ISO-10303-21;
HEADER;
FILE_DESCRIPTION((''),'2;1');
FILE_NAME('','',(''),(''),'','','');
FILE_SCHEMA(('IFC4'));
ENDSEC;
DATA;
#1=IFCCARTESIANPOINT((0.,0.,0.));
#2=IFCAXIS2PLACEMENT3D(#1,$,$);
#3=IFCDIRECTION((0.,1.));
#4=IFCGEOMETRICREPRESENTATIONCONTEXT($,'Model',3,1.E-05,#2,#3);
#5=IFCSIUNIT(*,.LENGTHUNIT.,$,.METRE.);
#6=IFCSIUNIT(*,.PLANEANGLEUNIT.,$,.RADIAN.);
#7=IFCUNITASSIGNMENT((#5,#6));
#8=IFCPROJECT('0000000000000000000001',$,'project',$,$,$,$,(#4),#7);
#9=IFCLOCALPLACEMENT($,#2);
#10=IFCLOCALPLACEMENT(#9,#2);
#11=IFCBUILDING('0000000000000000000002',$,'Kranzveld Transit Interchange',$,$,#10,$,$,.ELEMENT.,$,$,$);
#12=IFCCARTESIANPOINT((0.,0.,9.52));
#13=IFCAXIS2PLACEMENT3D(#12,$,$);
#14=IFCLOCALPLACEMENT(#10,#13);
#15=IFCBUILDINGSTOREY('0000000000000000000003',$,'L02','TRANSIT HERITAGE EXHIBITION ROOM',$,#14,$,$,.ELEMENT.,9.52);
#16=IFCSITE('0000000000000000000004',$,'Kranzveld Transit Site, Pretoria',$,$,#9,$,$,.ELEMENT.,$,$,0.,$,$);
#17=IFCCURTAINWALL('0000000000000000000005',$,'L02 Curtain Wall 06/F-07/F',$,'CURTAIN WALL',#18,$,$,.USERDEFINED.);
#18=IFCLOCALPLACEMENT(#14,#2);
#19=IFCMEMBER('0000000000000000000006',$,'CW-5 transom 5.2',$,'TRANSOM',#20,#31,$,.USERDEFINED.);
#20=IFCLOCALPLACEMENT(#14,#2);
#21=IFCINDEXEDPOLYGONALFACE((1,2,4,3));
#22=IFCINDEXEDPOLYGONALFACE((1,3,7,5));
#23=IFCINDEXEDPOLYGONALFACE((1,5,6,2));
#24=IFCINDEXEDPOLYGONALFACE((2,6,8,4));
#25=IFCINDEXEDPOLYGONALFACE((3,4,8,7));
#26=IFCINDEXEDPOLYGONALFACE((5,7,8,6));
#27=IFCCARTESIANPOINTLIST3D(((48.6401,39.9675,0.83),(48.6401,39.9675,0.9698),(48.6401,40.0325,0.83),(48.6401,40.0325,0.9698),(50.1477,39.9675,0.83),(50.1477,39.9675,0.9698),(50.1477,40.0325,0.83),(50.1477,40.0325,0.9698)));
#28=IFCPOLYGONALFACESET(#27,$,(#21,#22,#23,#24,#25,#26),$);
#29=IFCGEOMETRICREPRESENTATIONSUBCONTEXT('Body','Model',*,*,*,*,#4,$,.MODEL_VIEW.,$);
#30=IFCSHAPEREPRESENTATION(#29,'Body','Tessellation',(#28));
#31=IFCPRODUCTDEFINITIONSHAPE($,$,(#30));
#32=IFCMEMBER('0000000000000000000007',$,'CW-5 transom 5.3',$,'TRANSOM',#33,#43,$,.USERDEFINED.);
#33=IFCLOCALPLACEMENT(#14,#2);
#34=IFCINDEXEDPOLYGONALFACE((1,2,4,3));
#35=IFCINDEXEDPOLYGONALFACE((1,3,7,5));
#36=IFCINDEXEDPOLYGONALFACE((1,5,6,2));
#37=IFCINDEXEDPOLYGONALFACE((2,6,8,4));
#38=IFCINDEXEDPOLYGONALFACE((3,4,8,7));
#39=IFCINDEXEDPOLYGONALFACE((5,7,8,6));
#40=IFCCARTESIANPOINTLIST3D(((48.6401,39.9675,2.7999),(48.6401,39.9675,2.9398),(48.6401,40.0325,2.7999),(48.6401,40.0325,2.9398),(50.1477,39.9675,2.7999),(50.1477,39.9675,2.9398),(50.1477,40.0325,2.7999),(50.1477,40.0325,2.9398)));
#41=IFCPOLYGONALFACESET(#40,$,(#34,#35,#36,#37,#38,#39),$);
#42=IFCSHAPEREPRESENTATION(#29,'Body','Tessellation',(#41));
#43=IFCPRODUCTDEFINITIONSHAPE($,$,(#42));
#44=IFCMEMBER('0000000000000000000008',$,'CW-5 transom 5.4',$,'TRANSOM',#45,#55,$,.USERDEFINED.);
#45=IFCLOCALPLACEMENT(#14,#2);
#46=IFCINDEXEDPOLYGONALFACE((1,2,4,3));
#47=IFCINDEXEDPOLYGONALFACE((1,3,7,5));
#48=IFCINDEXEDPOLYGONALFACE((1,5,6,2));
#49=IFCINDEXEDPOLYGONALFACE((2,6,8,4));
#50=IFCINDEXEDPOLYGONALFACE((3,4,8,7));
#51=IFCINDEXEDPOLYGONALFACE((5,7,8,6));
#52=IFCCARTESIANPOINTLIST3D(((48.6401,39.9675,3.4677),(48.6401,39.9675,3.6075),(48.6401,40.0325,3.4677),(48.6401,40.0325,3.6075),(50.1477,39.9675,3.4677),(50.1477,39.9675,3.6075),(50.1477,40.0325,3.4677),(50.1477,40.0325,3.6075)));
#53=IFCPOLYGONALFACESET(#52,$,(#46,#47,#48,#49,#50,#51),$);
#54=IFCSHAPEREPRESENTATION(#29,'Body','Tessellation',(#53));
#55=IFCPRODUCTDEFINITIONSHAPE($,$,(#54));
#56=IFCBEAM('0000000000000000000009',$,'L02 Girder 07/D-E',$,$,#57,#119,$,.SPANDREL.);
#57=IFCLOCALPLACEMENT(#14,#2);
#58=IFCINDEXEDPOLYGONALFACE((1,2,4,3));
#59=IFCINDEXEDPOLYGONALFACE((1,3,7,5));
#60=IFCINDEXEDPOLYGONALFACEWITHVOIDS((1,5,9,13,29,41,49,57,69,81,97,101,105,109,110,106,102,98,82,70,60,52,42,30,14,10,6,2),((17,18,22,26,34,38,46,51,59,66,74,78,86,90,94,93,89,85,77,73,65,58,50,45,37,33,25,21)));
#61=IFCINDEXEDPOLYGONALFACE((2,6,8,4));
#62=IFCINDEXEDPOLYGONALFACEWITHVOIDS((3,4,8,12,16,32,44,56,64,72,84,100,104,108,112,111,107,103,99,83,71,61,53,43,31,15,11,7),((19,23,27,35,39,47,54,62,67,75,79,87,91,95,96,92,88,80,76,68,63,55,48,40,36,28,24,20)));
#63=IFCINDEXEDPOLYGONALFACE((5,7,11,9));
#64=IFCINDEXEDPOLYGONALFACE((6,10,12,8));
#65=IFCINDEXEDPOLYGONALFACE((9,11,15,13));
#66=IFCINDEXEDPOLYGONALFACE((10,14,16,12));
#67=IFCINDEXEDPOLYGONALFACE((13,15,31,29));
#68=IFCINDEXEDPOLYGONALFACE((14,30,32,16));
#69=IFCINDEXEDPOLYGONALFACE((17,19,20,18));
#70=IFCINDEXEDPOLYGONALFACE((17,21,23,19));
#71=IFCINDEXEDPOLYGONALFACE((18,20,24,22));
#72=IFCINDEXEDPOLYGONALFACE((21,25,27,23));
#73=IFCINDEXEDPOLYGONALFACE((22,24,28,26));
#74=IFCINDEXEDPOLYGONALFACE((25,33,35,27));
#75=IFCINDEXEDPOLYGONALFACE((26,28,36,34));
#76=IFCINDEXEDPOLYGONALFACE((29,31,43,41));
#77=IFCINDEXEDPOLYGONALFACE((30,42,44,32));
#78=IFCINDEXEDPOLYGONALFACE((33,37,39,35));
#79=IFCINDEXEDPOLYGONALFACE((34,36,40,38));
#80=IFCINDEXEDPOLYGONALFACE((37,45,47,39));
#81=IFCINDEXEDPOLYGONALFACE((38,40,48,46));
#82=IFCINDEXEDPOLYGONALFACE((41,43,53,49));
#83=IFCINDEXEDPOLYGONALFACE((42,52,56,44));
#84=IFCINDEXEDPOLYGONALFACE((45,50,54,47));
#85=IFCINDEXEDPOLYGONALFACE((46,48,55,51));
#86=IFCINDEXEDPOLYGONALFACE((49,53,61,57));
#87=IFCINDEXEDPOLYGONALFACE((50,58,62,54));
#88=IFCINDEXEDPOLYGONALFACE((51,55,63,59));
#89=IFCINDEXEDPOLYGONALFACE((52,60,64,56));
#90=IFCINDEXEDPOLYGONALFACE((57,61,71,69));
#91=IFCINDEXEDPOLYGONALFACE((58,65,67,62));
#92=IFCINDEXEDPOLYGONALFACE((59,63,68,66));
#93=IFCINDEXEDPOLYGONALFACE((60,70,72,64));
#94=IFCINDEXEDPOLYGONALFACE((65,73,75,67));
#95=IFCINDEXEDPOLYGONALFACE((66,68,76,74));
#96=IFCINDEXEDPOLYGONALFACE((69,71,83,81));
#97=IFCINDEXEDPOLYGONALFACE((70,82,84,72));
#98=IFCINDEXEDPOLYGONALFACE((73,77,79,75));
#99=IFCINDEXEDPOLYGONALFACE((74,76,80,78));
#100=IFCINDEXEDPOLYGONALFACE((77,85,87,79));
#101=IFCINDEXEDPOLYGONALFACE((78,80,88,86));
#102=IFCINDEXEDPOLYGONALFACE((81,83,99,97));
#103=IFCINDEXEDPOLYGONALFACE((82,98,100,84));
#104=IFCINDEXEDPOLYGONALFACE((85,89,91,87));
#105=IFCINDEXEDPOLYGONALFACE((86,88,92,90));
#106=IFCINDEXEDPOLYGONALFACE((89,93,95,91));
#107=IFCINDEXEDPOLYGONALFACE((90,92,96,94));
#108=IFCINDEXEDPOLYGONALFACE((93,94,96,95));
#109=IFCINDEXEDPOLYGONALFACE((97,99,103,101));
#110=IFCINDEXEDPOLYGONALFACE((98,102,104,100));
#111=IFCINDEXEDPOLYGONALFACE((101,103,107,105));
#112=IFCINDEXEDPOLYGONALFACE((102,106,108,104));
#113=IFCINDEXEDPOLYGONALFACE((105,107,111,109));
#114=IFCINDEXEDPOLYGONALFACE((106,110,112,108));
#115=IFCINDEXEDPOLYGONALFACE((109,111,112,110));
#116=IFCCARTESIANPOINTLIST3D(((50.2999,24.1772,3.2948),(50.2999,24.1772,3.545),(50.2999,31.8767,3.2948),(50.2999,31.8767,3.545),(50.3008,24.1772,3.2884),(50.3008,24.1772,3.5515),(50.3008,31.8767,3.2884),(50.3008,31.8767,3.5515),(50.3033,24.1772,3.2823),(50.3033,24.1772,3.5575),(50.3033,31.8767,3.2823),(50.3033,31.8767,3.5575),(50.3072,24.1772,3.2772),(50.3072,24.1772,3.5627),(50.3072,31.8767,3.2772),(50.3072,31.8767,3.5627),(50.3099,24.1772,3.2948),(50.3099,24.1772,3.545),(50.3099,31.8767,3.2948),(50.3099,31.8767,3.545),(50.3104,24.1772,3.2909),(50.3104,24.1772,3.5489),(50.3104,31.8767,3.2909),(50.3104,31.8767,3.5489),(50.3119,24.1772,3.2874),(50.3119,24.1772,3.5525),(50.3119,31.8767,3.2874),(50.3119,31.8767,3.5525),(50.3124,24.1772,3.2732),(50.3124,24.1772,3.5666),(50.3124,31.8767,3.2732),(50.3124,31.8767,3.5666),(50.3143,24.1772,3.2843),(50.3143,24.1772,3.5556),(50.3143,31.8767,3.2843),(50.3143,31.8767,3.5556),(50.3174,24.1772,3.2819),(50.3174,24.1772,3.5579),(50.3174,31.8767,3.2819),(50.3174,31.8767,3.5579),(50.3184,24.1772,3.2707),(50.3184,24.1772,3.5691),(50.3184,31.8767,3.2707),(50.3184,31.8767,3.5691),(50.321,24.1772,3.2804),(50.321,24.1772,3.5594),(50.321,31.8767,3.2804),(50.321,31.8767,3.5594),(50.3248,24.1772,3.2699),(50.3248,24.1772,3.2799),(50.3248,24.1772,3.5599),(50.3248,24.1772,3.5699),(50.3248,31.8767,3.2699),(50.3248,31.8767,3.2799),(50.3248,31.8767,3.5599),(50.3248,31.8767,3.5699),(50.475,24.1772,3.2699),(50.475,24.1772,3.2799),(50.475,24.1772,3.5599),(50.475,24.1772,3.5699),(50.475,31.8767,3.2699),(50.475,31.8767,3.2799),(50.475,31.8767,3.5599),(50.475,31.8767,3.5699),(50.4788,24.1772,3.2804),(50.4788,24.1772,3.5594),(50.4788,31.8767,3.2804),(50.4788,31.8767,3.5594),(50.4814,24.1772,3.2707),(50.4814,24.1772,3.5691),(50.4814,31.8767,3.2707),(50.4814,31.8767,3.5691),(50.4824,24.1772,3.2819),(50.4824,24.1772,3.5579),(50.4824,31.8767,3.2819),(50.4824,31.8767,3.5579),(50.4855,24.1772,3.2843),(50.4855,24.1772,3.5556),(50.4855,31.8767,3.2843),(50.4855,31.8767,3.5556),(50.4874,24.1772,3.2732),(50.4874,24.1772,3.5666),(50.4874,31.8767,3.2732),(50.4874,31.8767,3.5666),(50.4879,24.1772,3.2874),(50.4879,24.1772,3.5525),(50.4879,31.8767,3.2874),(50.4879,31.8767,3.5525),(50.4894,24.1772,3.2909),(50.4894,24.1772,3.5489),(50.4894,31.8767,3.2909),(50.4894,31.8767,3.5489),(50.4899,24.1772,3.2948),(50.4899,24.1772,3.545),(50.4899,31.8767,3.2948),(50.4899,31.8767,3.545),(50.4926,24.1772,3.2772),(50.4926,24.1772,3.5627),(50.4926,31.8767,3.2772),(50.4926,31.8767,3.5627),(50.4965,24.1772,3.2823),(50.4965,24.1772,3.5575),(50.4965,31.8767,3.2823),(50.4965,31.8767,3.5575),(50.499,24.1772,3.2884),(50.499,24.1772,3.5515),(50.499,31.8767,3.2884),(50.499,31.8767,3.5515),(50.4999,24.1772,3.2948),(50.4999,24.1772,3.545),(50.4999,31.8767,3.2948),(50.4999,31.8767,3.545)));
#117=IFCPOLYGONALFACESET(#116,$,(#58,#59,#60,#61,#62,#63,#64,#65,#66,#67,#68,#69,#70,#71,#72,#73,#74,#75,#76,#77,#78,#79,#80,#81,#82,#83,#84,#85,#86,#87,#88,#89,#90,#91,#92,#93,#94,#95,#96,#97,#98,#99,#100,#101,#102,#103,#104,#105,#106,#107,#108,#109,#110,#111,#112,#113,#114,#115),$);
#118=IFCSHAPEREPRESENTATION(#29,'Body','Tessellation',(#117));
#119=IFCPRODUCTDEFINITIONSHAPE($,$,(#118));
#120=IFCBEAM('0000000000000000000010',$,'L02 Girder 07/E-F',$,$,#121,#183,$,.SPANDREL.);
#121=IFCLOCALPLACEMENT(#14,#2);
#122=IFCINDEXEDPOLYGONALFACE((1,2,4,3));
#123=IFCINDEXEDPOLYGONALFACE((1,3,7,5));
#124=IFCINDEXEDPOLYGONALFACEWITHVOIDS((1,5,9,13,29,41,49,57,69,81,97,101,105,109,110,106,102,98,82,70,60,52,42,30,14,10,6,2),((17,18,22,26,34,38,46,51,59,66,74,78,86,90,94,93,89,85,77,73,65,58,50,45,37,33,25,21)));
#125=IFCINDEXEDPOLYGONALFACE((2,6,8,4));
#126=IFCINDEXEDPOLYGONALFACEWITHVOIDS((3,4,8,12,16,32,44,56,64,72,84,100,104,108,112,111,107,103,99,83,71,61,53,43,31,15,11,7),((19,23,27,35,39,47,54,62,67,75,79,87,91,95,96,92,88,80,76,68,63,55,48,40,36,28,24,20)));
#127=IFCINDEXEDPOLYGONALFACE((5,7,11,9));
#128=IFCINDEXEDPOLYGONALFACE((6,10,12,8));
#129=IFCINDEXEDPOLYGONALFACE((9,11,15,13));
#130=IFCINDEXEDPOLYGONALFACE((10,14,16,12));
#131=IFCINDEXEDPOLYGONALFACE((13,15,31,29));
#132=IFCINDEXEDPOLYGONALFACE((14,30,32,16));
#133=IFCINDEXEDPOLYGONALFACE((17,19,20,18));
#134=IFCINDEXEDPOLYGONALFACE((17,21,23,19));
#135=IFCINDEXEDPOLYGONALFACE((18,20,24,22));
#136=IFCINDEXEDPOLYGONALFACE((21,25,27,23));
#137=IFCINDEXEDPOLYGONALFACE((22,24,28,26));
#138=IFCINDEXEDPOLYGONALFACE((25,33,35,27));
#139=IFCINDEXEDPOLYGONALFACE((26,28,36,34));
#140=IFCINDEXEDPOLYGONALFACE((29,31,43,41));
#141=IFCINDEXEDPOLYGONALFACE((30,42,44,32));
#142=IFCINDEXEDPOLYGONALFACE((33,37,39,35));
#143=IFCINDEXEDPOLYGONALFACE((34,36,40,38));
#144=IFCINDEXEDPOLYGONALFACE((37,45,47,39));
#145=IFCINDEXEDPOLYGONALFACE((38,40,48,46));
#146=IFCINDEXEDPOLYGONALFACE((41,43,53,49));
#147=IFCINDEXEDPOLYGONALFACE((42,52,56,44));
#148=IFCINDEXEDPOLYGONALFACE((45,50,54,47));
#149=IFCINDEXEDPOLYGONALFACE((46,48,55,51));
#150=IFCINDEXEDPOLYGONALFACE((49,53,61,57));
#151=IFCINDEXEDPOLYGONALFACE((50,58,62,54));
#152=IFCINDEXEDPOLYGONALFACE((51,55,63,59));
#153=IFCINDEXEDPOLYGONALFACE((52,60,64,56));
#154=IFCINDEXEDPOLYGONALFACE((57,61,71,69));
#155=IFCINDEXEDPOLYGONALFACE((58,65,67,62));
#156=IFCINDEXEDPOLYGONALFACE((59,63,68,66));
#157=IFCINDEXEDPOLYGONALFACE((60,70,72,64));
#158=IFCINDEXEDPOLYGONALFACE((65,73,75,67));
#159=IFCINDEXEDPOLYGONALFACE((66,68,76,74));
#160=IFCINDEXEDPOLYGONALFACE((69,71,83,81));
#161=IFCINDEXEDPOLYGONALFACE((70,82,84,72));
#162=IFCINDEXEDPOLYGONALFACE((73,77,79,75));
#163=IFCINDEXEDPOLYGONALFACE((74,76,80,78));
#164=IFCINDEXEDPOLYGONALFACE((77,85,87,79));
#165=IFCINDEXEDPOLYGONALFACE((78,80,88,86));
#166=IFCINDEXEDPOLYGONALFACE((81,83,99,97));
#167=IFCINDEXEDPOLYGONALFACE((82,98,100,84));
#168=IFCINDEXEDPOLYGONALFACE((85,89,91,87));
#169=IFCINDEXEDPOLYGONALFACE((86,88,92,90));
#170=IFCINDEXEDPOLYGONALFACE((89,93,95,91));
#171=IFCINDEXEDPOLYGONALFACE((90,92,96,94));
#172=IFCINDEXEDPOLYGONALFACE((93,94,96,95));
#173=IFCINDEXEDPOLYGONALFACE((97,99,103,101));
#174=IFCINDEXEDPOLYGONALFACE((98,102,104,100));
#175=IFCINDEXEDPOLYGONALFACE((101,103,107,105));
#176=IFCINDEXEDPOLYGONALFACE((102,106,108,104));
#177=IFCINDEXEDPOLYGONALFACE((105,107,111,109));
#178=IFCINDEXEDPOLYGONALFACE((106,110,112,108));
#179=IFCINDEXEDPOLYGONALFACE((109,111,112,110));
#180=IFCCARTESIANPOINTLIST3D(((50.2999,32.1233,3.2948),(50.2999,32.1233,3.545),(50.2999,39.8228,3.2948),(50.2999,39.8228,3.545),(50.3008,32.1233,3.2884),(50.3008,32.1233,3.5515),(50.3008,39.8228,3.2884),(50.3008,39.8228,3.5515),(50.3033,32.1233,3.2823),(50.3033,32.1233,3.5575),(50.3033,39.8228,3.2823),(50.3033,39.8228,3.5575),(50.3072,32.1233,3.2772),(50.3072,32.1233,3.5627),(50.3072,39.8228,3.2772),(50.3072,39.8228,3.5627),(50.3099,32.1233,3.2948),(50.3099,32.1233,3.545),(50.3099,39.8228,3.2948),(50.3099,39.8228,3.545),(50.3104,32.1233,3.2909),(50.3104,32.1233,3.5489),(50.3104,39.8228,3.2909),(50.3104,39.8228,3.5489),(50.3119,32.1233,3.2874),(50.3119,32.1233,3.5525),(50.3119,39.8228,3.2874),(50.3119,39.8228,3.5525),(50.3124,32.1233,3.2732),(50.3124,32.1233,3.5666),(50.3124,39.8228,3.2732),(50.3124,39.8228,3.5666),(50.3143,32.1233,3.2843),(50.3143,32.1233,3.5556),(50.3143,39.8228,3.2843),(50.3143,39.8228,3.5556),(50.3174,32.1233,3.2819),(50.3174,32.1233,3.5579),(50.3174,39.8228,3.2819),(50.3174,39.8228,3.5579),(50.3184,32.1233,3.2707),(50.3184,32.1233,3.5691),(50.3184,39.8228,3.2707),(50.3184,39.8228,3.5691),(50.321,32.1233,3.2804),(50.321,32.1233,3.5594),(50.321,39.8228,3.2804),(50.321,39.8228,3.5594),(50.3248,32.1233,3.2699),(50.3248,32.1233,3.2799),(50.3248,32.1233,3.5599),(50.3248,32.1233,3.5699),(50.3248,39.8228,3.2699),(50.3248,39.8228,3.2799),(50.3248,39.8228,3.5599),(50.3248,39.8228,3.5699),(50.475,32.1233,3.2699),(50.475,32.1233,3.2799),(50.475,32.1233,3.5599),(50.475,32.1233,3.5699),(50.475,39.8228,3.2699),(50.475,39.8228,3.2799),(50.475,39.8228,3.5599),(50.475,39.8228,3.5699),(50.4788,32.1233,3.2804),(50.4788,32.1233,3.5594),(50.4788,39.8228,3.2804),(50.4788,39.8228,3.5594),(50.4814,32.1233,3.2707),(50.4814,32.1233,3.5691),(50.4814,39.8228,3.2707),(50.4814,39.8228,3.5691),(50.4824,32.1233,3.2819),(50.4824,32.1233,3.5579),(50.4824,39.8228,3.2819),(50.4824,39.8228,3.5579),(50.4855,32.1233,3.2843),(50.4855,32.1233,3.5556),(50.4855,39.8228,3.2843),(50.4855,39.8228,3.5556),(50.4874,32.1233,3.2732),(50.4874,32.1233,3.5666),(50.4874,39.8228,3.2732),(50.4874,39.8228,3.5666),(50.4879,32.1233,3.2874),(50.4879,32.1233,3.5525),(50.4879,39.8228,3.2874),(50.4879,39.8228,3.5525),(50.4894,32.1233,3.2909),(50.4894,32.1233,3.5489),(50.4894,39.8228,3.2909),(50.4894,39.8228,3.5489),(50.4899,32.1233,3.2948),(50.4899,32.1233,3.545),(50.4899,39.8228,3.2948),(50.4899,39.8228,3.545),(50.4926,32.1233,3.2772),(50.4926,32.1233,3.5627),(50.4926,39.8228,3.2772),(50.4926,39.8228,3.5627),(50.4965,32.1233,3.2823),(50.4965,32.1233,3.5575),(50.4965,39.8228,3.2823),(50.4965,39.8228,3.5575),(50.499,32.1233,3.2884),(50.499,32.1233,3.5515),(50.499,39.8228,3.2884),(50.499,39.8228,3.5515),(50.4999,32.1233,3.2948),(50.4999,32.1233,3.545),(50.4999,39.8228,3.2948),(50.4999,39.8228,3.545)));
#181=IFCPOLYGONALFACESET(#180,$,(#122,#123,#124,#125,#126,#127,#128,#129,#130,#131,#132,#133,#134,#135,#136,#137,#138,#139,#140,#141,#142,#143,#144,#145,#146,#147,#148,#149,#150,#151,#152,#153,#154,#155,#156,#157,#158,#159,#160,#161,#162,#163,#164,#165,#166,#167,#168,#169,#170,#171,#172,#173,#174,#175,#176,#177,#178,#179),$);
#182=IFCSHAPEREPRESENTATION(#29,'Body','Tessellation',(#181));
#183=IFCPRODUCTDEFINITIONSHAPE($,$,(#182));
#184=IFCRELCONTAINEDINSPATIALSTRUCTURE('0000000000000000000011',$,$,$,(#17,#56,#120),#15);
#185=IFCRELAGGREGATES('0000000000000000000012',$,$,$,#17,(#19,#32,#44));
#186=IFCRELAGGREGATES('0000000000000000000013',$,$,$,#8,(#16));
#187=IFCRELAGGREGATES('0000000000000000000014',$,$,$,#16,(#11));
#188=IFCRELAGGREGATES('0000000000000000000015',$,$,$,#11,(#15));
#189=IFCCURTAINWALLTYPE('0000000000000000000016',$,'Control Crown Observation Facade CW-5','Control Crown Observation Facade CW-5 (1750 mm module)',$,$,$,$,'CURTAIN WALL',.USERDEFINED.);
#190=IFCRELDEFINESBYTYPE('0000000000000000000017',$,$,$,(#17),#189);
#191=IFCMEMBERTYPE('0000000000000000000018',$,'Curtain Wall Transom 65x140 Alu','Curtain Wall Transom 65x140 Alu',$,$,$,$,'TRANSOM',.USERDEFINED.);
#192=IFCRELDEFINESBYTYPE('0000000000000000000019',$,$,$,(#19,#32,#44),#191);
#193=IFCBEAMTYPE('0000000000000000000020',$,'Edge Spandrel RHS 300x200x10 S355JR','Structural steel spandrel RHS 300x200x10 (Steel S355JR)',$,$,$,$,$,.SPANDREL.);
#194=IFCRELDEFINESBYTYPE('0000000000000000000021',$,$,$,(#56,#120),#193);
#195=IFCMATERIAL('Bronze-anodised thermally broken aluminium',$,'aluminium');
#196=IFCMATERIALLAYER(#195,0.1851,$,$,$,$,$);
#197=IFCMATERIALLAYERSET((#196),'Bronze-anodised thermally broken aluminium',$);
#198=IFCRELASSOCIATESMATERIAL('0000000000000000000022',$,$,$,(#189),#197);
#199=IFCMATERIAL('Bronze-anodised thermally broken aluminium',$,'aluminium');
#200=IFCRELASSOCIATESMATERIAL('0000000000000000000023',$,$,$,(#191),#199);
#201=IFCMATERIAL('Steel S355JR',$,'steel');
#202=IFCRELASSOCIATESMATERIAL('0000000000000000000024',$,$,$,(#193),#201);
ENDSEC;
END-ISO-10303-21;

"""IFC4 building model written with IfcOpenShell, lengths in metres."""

from ifc_helpers import new_model, si_unit, direction, frame, origin, origin_2d, place, context, subcontext, project, spatial, rectangle, hollow_rectangle, extrude, material, layer, layer_set, material_profile, profile_set, type_object, element, aggregate, save


model = new_model("IFC4")

# Units and contexts
model_context = context("Model", 3, precision=1e-05, world=origin(), true_north=direction((0.0, 1.0)))
body_context = subcontext(model_context, "Body", "Model", "MODEL_VIEW")
ifc_project = project(units=[si_unit("LENGTHUNIT", "METRE"), si_unit("PLANEANGLEUNIT", "RADIAN")], contexts=[model_context])

# Site, building, storey
site_placement = place(None, origin())
site = spatial("IfcSite", under=ifc_project, at=site_placement, Name="Kranzveld Transit Site, Pretoria", CompositionType="ELEMENT", RefElevation=0.0)
building_placement = place(site_placement, origin())
building = spatial("IfcBuilding", under=site, at=building_placement, Name="Kranzveld Transit Interchange", CompositionType="ELEMENT")
storey_placement = place(building_placement, frame((0.0, 0.0, 9.52)))
storey = spatial("IfcBuildingStorey", under=building, at=storey_placement, Name="L02", Description="TRANSIT HERITAGE EXHIBITION ROOM", CompositionType="ELEMENT", Elevation=9.52)

# Curtain wall, members
ifc_material_1 = material(Name="Bronze-anodised thermally broken aluminium", Category="aluminium")
ifc_layer_1 = layer(ifc_material_1, 0.1851)
ifc_layer_set_1 = layer_set([ifc_layer_1], Name="Bronze-anodised thermally broken aluminium")
curtain_wall_type = type_object("IfcCurtainWallType", Name="Control Crown Observation Facade CW-5", Description="Control Crown Observation Facade CW-5 (1750 mm module)", ElementType="CURTAIN WALL", PredefinedType="USERDEFINED", material=ifc_layer_set_1)
curtain_wall_placement = place(storey_placement, origin())
curtain_wall = element("IfcCurtainWall", 1, at=curtain_wall_placement, inside=storey, type_object=curtain_wall_type, Name="L02 Curtain Wall 06/F-07/F", ObjectType="CURTAIN WALL", PredefinedType="USERDEFINED")
ifc_material_2 = material(Name="Bronze-anodised thermally broken aluminium", Category="aluminium")
ifc_material_profile_1 = material_profile(ifc_material_2, rectangle(XDim=0.0649, YDim=0.1399, at=origin_2d()), Name="ALU TRANSOM 65x140")
ifc_profile_set_1 = profile_set([ifc_material_profile_1], Name="Bronze-anodised thermally broken aluminium")
member_type_1 = type_object("IfcMemberType", Name="Curtain Wall Transom 65x140 Alu", Description="Curtain Wall Transom 65x140 Alu", ElementType="TRANSOM", PredefinedType="USERDEFINED", material=ifc_profile_set_1)
member_1_placement = place(storey_placement, frame((48.6401, 40.0, 0.8999), z_axis=(1.0, 0.0, 0.0), x_axis=(0.0, 1.0, 0.0)))
member_1 = element("IfcMember", 2, at=member_1_placement, type_object=member_type_1, Name="CW-5 transom 5.2", ObjectType="TRANSOM", PredefinedType="USERDEFINED", context=body_context, shape_type="SweptSolid", body=[
    extrude(rectangle(XDim=0.0649, YDim=0.1399, at=origin_2d()), origin(), (0.0, 0.0, 1.0), 1.5076),
])
member_2_placement = place(storey_placement, frame((48.6401, 40.0, 2.8699), z_axis=(1.0, 0.0, 0.0), x_axis=(0.0, 1.0, 0.0)))
member_2 = element("IfcMember", 3, at=member_2_placement, type_object=member_type_1, Name="CW-5 transom 5.3", ObjectType="TRANSOM", PredefinedType="USERDEFINED", context=body_context, shape_type="SweptSolid", body=[
    extrude(rectangle(XDim=0.0649, YDim=0.1399, at=origin_2d()), origin(), (0.0, 0.0, 1.0), 1.5076),
])
member_3_placement = place(storey_placement, frame((48.6401, 40.0, 3.5376), z_axis=(1.0, 0.0, 0.0), x_axis=(0.0, 1.0, 0.0)))
member_3 = element("IfcMember", 4, at=member_3_placement, type_object=member_type_1, Name="CW-5 transom 5.4", ObjectType="TRANSOM", PredefinedType="USERDEFINED", context=body_context, shape_type="SweptSolid", body=[
    extrude(rectangle(XDim=0.0649, YDim=0.1399, at=origin_2d()), origin(), (0.0, 0.0, 1.0), 1.5076),
])

# Beams
ifc_material_3 = material(Name="Steel S355JR", Category="steel")
ifc_material_profile_2 = material_profile(ifc_material_3, hollow_rectangle(XDim=0.2, YDim=0.3, WallThickness=0.01, InnerFilletRadius=0.0149, OuterFilletRadius=0.0249, at=origin_2d()), Name="RHS 300x200x10")
ifc_profile_set_2 = profile_set([ifc_material_profile_2], Name="Steel S355JR")
beam_type = type_object("IfcBeamType", Name="Edge Spandrel RHS 300x200x10 S355JR", Description="Structural steel spandrel RHS 300x200x10 (Steel S355JR)", PredefinedType="SPANDREL", material=ifc_profile_set_2)
for number, where, z_axis, x_axis, name in (
    (5, (50.3999, 24.1772, 3.4199), (0.0, 1.0, 0.0), (-1.0, 0.0, 0.0), "L02 Girder 07/D-E"),
    (6, (50.3999, 32.1233, 3.4199), (0.0, 1.0, 0.0), (-1.0, 0.0, 0.0), "L02 Girder 07/E-F"),
):
    element("IfcBeam", number, at=place(storey_placement, frame(where, z_axis=z_axis, x_axis=x_axis)), inside=storey, type_object=beam_type, Name=name, PredefinedType="SPANDREL", context=body_context, shape_type="SweptSolid", body=[
        extrude(hollow_rectangle(XDim=0.2, YDim=0.3, WallThickness=0.01, InnerFilletRadius=0.0149, OuterFilletRadius=0.0249, at=origin_2d()), origin(), (0.0, 0.0, 1.0), 7.6995),
    ])

aggregate(curtain_wall, [member_1, member_2, member_3])

save(model, "model.ifc")
